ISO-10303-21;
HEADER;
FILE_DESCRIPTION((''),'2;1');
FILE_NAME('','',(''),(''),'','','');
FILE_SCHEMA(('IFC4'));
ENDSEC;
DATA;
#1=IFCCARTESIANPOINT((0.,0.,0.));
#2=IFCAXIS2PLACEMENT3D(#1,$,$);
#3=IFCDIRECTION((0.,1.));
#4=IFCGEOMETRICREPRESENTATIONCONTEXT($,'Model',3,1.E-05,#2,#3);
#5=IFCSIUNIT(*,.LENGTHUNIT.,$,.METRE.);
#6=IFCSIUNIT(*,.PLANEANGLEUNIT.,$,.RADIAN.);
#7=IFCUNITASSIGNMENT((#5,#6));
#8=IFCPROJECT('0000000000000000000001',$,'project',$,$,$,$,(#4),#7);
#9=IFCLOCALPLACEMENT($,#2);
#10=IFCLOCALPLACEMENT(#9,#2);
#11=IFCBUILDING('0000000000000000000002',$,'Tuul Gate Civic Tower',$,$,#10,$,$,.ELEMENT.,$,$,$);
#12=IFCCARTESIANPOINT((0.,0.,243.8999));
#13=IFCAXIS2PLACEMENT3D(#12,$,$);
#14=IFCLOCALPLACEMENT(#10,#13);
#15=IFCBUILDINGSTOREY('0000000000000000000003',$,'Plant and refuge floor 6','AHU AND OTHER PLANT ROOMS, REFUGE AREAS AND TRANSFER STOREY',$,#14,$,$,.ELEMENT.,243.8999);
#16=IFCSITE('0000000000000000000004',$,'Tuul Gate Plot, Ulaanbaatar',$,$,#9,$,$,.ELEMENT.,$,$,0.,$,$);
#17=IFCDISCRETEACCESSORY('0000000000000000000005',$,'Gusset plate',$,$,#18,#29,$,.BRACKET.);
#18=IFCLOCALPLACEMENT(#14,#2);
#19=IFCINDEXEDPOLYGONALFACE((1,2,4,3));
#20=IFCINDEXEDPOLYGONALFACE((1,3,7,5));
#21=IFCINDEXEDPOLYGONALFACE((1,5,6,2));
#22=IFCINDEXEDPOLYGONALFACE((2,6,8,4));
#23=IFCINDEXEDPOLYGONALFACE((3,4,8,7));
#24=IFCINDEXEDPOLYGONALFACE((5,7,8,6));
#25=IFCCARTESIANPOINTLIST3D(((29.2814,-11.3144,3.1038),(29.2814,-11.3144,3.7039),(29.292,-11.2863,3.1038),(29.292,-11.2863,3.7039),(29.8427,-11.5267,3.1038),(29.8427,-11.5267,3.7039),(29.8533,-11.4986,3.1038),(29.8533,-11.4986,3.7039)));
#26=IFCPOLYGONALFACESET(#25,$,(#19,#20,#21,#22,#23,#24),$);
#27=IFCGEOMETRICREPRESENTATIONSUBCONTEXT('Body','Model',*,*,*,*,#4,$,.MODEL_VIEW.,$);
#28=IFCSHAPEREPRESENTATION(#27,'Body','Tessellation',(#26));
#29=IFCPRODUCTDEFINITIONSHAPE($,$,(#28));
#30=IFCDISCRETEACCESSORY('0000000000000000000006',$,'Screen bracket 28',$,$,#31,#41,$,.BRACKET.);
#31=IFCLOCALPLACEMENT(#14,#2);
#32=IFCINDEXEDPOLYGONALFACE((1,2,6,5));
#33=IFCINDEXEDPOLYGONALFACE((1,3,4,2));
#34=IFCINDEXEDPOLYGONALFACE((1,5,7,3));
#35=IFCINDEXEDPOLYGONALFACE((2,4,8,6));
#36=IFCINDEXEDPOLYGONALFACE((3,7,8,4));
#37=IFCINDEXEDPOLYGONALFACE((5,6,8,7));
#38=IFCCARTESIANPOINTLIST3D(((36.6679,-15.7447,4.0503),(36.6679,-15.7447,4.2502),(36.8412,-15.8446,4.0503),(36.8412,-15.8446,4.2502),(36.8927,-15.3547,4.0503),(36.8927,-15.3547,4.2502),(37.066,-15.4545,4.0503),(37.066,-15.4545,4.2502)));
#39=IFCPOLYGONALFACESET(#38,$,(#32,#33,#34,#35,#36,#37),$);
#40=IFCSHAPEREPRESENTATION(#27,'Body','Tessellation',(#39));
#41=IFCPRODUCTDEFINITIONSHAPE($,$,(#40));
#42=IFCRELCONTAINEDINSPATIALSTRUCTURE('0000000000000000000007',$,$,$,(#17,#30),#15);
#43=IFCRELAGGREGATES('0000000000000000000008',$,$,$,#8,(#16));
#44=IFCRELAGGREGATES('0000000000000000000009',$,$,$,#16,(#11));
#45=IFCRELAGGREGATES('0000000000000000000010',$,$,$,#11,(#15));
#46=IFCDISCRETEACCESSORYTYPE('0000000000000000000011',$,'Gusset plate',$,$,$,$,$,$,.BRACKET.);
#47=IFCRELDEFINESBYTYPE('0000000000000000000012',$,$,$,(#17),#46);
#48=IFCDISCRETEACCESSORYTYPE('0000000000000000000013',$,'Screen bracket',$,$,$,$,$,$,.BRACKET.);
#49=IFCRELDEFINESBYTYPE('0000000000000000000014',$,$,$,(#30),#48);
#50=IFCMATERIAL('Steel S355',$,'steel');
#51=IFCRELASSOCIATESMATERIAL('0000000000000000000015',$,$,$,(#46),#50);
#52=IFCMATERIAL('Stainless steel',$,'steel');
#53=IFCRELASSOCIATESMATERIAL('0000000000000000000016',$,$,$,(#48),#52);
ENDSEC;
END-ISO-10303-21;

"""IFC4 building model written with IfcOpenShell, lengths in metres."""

from ifc_helpers import new_model, si_unit, direction, frame, origin, origin_2d, place, context, subcontext, project, spatial, rectangle, extrude, material, type_object, element, save


model = new_model("IFC4")

# Units and contexts
model_context = context("Model", 3, precision=1e-05, world=origin(), true_north=direction((0.0, 1.0)))
body_context = subcontext(model_context, "Body", "Model", "MODEL_VIEW")
ifc_project = project(units=[si_unit("LENGTHUNIT", "METRE"), si_unit("PLANEANGLEUNIT", "RADIAN")], contexts=[model_context])

# Site, building, storey
site_placement = place(None, origin())
site = spatial("IfcSite", under=ifc_project, at=site_placement, Name="Tuul Gate Plot, Ulaanbaatar", CompositionType="ELEMENT", RefElevation=0.0)
building_placement = place(site_placement, origin())
building = spatial("IfcBuilding", under=site, at=building_placement, Name="Tuul Gate Civic Tower", CompositionType="ELEMENT")
storey_placement = place(building_placement, frame((0.0, 0.0, 243.8999)))
storey = spatial("IfcBuildingStorey", under=building, at=storey_placement, Name="Plant and refuge floor 6", Description="AHU AND OTHER PLANT ROOMS, REFUGE AREAS AND TRANSFER STOREY", CompositionType="ELEMENT", Elevation=243.8999)

# Discrete accessories
ifc_material_1 = material(Name="Steel S355", Category="steel")
discrete_accessory_type_1 = type_object("IfcDiscreteAccessoryType", Name="Gusset plate", PredefinedType="BRACKET", material=ifc_material_1)
discrete_accessory_1_placement = place(storey_placement, frame((29.5674, -11.4065, 3.1038), z_axis=(0.0, 0.0, 1.0), x_axis=(-0.935368, 0.353677, 0.0)))
element("IfcDiscreteAccessory", 1, at=discrete_accessory_1_placement, inside=storey, type_object=discrete_accessory_type_1, Name="Gusset plate", PredefinedType="BRACKET", context=body_context, shape_type="SweptSolid", body=[
    extrude(rectangle(XDim=0.6001, YDim=0.03, at=origin_2d()), origin(), (0.0, 0.0, 1.0), 0.6001),
])
ifc_material_2 = material(Name="Stainless steel", Category="steel")
discrete_accessory_type_2 = type_object("IfcDiscreteAccessoryType", Name="Screen bracket", PredefinedType="BRACKET", material=ifc_material_2)
discrete_accessory_2_placement = place(storey_placement, frame((36.8669, -15.5996, 4.0503), z_axis=(0.0, 0.0, 1.0), x_axis=(-0.499371, -0.866388, 0.0)))
element("IfcDiscreteAccessory", 2, at=discrete_accessory_2_placement, inside=storey, type_object=discrete_accessory_type_2, Name="Screen bracket 28", PredefinedType="BRACKET", context=body_context, shape_type="SweptSolid", body=[
    extrude(rectangle(XDim=0.4502, YDim=0.2, at=origin_2d()), origin(), (0.0, 0.0, 1.0), 0.2),
])

save(model, "model.ifc")
